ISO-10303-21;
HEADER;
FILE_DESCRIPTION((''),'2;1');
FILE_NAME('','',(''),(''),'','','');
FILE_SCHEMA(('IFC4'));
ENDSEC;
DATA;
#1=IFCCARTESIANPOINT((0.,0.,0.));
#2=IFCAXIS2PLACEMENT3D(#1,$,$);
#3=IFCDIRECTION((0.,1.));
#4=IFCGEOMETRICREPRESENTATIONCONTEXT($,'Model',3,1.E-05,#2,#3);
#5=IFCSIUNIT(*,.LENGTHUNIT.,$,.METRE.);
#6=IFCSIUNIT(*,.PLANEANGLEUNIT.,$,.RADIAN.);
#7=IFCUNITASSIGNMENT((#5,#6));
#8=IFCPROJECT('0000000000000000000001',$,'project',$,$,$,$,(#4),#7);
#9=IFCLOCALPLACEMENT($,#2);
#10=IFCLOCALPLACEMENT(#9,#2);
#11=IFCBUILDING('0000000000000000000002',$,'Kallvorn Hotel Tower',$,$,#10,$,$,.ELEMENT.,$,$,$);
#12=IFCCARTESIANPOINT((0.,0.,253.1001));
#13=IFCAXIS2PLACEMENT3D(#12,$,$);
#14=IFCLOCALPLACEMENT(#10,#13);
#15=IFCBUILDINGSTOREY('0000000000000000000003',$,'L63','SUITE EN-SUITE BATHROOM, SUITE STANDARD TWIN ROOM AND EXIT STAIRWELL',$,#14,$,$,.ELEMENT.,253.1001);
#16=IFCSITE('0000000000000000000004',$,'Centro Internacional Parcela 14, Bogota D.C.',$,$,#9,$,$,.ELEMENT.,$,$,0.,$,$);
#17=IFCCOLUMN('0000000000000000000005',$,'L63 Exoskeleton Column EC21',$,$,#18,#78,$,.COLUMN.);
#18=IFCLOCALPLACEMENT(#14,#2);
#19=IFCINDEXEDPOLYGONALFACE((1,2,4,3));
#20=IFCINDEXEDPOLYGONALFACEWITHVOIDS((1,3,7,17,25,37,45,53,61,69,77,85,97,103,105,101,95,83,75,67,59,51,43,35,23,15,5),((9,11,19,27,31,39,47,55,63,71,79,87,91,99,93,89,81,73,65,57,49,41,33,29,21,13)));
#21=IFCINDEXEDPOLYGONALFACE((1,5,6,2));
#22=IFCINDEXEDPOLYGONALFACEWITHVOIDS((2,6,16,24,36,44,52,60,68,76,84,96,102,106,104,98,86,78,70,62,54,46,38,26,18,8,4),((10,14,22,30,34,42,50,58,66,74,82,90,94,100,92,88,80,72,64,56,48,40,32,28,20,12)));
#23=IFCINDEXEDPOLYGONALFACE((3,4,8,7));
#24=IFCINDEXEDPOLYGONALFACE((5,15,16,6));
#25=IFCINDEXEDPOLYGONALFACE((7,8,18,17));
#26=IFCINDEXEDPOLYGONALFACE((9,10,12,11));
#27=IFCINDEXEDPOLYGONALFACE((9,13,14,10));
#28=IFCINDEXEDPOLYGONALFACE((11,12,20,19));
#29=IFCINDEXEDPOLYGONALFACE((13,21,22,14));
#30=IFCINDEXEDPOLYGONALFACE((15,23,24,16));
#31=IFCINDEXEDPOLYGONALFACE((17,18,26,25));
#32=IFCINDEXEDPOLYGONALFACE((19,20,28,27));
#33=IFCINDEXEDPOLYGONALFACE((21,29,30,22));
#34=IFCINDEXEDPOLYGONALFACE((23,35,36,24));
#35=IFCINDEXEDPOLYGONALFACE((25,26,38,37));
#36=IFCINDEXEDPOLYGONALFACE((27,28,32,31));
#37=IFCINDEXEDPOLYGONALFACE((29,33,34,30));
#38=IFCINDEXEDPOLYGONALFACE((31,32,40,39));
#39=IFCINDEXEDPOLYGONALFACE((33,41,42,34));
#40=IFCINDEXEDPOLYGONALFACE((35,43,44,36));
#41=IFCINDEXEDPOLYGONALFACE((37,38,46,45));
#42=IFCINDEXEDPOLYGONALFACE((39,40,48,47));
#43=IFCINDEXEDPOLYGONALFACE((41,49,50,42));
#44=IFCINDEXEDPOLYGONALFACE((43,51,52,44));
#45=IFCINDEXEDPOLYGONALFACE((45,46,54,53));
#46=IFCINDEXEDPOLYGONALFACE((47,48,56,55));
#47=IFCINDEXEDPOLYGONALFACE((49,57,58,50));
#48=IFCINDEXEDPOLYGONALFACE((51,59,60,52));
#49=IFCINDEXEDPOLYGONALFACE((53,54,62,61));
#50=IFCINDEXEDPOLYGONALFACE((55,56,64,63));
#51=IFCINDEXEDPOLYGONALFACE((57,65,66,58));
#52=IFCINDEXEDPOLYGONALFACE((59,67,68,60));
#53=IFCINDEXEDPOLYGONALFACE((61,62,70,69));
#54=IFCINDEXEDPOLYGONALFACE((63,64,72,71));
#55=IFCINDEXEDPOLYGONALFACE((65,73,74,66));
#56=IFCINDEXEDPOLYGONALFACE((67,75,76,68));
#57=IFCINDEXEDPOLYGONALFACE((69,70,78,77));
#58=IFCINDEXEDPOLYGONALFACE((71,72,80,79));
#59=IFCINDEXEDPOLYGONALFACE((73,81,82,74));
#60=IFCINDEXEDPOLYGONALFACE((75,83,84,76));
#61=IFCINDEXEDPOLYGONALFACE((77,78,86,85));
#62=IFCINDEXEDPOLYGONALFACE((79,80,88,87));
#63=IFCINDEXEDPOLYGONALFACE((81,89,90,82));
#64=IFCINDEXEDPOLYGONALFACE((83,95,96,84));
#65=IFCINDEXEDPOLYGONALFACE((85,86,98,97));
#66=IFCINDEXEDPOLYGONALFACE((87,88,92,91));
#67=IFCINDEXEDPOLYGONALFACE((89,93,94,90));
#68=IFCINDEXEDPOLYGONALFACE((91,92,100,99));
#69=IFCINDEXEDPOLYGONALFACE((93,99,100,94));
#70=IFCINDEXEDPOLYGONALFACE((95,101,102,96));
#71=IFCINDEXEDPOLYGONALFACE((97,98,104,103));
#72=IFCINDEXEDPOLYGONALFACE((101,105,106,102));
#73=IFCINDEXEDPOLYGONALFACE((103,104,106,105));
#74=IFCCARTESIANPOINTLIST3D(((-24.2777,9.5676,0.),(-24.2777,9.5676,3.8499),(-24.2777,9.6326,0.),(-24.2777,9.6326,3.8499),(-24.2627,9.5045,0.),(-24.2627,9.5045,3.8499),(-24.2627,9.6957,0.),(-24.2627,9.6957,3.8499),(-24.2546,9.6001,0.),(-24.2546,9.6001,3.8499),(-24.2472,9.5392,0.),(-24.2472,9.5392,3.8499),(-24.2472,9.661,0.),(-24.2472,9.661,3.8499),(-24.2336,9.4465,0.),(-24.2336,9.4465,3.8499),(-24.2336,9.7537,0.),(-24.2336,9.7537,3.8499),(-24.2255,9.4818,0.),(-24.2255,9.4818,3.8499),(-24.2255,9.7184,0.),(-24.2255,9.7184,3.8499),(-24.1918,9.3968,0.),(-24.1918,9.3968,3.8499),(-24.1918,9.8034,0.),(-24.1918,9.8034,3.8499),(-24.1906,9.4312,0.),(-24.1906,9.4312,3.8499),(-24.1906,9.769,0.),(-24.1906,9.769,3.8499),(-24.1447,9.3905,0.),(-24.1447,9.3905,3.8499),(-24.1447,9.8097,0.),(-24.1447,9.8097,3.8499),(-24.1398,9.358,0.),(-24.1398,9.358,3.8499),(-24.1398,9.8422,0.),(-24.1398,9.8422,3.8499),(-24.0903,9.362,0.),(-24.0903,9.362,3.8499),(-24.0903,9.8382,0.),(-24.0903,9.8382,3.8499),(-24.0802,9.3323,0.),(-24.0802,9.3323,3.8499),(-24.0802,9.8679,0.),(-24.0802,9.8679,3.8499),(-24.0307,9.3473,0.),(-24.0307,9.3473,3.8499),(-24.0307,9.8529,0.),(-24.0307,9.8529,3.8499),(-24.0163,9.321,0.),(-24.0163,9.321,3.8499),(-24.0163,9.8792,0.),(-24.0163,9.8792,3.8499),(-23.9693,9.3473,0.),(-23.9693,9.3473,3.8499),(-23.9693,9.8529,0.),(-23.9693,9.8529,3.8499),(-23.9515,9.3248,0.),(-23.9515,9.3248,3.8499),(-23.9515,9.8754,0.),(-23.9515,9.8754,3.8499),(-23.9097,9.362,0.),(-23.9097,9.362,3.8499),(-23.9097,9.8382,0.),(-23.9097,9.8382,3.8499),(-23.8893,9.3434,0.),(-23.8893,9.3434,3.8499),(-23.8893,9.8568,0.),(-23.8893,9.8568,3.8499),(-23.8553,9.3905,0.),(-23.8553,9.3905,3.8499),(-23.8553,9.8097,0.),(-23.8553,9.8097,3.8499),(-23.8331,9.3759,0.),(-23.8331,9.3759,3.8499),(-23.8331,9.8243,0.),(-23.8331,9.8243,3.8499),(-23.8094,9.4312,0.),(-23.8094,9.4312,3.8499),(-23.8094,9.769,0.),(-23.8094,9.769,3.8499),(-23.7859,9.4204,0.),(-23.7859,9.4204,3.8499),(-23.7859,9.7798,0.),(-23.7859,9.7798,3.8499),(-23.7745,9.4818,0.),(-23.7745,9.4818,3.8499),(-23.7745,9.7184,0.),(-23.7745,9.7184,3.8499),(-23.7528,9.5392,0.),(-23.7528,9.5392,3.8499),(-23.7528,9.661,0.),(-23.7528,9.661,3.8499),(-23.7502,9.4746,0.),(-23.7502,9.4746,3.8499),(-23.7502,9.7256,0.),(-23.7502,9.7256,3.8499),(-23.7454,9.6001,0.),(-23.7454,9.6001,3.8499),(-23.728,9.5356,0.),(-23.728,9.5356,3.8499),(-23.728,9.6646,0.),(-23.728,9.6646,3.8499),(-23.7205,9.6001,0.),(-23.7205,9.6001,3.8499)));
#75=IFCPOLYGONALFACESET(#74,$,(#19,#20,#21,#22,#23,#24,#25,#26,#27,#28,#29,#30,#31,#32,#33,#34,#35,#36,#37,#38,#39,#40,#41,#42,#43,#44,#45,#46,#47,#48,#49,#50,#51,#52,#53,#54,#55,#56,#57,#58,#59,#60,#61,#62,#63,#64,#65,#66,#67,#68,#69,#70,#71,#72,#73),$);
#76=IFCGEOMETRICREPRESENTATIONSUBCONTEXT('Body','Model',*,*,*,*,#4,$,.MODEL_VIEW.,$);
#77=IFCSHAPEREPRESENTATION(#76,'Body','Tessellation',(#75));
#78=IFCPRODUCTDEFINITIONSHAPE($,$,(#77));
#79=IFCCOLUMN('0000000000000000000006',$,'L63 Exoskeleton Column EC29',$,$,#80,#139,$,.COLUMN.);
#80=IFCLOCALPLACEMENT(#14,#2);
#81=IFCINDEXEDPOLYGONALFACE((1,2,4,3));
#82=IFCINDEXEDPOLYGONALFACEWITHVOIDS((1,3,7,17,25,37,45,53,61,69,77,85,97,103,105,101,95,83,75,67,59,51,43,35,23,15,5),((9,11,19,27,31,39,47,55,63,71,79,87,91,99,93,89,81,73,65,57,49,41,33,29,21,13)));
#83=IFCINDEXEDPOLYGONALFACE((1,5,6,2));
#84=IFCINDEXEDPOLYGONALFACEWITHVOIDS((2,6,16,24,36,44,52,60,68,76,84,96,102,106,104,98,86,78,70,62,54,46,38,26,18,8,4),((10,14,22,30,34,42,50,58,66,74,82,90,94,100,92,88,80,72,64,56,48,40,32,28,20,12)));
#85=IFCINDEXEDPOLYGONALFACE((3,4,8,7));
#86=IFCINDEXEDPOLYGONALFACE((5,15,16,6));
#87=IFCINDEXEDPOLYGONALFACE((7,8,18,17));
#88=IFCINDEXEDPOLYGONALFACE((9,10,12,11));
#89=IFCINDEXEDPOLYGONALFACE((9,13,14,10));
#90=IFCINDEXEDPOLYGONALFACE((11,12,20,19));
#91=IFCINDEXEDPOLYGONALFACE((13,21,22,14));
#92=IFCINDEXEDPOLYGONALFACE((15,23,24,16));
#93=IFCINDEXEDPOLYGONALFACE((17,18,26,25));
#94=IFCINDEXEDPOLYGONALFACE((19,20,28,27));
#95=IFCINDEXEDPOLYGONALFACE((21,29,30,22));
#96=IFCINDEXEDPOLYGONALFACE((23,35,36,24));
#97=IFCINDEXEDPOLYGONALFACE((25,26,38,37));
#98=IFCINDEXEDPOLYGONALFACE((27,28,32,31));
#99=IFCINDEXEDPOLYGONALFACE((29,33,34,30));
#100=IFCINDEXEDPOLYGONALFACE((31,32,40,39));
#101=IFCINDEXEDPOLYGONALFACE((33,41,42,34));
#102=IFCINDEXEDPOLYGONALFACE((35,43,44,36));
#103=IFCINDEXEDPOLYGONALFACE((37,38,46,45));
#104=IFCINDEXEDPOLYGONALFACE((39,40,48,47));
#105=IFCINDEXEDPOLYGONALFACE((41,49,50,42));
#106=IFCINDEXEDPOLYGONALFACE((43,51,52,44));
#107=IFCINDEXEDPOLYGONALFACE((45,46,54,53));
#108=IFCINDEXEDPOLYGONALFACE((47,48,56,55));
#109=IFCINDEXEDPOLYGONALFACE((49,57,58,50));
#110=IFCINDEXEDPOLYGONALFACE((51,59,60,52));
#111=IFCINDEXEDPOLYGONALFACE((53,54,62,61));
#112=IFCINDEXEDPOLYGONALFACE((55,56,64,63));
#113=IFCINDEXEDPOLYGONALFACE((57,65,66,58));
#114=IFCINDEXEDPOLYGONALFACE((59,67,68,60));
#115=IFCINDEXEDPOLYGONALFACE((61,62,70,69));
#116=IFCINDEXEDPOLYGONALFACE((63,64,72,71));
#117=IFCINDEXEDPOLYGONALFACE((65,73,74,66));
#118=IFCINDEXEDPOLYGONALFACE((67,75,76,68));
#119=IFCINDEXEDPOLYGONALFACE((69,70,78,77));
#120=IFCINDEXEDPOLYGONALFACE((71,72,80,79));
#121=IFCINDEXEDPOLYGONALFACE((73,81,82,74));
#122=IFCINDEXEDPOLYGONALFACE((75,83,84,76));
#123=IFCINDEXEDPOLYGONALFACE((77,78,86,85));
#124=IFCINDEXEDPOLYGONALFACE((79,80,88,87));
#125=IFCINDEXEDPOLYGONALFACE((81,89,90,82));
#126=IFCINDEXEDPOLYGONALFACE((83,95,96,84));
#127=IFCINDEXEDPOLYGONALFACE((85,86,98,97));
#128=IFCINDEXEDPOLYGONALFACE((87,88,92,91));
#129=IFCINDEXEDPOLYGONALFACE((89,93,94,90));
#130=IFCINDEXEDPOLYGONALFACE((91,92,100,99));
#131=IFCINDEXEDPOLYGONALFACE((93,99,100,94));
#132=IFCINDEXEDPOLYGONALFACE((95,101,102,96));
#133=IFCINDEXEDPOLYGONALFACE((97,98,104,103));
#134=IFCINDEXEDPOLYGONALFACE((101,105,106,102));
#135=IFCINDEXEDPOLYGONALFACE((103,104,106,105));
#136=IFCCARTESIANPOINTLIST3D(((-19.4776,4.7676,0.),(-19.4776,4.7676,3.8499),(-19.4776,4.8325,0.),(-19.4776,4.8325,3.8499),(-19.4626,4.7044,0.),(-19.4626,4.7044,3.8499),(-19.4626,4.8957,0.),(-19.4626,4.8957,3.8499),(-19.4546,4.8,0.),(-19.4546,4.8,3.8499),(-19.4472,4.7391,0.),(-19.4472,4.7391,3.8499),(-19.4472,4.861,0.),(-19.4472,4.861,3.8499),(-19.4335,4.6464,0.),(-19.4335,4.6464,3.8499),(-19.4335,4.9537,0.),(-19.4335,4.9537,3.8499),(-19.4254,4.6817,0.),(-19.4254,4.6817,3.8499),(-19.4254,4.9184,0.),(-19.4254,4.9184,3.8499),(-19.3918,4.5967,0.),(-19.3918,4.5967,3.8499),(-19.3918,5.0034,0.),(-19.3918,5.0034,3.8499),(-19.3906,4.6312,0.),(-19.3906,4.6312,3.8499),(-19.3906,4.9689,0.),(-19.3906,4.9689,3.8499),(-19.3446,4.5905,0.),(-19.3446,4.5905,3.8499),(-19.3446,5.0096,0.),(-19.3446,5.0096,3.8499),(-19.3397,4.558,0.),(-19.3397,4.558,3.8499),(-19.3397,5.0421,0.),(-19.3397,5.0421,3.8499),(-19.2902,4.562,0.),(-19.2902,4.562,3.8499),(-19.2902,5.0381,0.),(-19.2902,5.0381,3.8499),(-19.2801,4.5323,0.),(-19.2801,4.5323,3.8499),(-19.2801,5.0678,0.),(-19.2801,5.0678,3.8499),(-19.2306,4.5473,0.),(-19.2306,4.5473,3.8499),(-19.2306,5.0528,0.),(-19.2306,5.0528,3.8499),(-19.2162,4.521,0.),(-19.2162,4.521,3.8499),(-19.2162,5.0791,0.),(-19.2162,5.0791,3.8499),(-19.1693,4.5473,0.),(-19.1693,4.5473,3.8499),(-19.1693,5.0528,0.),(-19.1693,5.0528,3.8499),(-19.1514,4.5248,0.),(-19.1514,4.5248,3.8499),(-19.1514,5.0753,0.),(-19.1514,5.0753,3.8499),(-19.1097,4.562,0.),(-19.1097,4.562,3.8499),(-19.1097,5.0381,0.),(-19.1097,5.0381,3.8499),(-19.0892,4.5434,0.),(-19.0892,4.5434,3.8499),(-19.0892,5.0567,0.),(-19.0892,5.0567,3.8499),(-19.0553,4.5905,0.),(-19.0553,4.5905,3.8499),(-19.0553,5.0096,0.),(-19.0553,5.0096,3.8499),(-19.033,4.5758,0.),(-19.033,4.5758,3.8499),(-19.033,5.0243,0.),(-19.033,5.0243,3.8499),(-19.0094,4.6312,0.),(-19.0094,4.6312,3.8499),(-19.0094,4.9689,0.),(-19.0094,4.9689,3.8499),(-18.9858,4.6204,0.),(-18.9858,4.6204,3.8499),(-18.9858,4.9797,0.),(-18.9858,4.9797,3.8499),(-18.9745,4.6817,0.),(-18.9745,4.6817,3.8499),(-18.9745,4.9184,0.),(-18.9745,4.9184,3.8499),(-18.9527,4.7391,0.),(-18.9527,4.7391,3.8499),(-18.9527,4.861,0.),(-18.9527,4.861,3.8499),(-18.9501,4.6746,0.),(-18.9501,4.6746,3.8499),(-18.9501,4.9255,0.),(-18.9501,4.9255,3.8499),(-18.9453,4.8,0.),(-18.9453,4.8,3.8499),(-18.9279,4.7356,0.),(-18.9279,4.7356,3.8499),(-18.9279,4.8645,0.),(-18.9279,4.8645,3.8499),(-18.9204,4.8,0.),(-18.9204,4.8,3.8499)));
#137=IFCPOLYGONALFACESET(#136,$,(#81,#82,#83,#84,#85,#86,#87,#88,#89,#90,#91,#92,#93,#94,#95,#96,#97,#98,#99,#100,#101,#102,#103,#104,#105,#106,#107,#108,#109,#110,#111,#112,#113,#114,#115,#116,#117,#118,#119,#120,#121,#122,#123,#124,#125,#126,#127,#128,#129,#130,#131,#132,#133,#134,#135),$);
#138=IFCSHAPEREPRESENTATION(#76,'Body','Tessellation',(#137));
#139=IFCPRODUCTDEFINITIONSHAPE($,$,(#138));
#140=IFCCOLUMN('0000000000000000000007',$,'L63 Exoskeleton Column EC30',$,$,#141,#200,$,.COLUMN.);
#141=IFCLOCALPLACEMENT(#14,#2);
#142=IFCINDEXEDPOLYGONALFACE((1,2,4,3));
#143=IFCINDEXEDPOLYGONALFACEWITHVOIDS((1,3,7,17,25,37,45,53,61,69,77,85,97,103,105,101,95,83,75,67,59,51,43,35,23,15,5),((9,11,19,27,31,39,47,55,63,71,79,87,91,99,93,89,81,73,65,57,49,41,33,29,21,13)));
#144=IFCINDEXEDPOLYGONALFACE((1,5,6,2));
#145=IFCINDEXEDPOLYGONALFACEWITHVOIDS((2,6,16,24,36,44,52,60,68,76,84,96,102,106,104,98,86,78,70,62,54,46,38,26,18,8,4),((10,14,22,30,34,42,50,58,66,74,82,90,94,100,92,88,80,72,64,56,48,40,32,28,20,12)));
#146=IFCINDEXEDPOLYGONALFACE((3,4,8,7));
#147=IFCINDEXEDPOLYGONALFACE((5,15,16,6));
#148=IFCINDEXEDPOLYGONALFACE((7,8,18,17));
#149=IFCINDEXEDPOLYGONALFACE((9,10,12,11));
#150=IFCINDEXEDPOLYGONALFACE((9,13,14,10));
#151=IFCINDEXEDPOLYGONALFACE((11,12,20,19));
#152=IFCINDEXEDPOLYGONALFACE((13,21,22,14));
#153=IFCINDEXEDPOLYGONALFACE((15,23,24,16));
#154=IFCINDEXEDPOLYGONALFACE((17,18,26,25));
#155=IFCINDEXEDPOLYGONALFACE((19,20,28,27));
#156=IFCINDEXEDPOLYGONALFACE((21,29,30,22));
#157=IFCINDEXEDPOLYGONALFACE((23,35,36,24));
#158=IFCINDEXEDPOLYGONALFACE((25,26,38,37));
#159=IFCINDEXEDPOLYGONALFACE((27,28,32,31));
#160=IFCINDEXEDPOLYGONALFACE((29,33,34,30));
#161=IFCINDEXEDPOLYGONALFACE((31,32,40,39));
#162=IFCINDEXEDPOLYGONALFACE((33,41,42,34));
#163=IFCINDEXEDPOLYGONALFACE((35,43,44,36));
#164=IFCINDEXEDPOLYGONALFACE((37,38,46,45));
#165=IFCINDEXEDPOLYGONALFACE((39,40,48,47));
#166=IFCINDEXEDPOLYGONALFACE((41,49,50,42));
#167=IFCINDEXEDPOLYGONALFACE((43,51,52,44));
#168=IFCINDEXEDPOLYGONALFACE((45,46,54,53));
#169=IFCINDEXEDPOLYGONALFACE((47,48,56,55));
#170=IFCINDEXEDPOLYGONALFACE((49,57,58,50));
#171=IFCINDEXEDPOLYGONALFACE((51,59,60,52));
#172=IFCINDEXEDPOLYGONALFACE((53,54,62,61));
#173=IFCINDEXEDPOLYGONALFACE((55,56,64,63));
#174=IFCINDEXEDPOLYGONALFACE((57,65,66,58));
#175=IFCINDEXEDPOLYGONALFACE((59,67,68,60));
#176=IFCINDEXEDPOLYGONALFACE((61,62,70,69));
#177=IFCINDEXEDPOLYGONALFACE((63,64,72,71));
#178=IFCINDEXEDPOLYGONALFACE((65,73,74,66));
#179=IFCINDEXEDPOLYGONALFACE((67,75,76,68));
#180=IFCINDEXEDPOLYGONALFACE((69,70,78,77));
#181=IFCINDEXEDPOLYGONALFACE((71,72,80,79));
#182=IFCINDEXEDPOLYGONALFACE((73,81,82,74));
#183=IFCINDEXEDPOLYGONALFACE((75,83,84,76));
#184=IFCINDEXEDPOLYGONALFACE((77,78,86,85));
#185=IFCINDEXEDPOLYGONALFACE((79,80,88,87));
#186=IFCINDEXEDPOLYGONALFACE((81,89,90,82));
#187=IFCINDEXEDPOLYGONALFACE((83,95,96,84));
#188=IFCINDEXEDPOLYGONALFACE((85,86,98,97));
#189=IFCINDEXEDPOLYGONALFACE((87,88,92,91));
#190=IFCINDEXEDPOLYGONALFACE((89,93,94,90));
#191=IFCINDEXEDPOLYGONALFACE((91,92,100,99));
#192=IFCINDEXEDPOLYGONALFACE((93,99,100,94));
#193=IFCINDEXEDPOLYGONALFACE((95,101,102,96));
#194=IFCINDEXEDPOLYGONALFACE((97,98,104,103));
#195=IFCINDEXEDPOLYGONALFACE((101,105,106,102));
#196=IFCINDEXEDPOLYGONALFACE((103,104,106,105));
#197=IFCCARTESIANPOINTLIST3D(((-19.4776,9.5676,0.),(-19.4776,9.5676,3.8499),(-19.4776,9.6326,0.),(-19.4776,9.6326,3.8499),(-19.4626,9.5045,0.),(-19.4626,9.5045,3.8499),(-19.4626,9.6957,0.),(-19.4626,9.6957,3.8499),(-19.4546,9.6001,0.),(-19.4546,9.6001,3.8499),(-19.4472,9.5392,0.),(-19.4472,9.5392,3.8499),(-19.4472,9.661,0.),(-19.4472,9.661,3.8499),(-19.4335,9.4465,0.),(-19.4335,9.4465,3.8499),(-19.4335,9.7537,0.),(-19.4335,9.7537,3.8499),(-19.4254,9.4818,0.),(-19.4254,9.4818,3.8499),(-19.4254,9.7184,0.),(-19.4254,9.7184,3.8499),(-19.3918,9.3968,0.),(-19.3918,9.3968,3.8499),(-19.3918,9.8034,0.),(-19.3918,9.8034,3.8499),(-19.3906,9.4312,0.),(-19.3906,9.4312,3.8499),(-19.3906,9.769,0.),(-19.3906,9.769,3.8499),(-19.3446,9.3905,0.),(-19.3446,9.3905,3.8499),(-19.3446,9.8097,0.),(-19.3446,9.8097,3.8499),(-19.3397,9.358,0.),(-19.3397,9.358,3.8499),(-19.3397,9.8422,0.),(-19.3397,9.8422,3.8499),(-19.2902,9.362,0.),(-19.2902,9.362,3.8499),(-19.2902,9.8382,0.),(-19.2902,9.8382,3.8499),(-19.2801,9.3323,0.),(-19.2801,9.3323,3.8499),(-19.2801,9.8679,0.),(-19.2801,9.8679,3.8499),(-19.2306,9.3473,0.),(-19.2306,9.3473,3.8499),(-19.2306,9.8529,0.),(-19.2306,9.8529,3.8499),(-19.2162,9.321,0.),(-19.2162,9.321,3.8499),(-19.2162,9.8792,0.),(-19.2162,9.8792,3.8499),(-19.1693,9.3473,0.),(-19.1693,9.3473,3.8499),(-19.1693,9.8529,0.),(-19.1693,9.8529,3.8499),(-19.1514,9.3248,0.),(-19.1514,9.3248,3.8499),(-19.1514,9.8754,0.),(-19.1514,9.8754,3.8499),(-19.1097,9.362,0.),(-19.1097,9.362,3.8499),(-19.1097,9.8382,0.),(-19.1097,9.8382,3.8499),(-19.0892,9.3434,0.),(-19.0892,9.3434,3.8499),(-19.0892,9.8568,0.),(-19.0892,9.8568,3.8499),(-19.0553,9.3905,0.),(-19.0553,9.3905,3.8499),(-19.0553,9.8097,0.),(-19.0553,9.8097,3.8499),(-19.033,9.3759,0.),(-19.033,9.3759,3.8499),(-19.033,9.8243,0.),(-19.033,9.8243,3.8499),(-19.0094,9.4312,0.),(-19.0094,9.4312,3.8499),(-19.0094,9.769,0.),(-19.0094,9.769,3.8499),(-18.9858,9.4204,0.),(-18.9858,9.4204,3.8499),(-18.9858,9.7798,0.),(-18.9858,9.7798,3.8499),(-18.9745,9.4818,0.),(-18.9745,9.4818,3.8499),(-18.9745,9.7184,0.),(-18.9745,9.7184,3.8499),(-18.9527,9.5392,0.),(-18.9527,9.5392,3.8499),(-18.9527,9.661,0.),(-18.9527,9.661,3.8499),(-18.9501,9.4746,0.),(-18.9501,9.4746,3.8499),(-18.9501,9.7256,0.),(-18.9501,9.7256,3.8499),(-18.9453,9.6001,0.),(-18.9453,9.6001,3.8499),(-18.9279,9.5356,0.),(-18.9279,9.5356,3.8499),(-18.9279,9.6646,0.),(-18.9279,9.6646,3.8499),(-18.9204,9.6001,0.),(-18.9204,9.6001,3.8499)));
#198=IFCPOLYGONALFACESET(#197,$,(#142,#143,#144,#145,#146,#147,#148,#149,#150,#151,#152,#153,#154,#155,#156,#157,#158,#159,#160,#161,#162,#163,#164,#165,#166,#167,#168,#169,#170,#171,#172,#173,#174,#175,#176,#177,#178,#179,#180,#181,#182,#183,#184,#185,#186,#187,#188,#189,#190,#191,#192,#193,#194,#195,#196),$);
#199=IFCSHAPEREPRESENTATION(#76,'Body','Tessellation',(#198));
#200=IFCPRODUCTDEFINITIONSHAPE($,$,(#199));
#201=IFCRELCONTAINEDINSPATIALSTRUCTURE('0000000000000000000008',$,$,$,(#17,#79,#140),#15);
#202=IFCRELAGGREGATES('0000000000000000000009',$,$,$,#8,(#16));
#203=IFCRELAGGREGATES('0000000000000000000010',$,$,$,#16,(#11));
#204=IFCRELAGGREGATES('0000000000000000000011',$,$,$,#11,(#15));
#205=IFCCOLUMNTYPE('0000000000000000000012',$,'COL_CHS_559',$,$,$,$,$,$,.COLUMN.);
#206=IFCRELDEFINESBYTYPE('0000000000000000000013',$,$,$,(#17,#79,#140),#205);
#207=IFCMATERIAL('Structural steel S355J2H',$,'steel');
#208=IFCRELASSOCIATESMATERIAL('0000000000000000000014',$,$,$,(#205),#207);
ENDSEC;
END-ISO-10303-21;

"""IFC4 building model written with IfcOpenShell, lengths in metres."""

from ifc_helpers import new_model, si_unit, direction, frame, origin, origin_2d, place, context, subcontext, project, spatial, hollow_circle, extrude, material, material_profile, profile_set, type_object, element, save


model = new_model("IFC4")

# Units and contexts
model_context = context("Model", 3, precision=1e-05, world=origin(), true_north=direction((0.0, 1.0)))
body_context = subcontext(model_context, "Body", "Model", "MODEL_VIEW")
ifc_project = project(units=[si_unit("LENGTHUNIT", "METRE"), si_unit("PLANEANGLEUNIT", "RADIAN")], contexts=[model_context])

# Site, building, storey
site_placement = place(None, origin())
site = spatial("IfcSite", under=ifc_project, at=site_placement, Name="Centro Internacional Parcela 14, Bogota D.C.", CompositionType="ELEMENT", RefElevation=0.0)
building_placement = place(site_placement, origin())
building = spatial("IfcBuilding", under=site, at=building_placement, Name="Kallvorn Hotel Tower", CompositionType="ELEMENT")
storey_placement = place(building_placement, frame((0.0, 0.0, 253.1001)))
storey = spatial("IfcBuildingStorey", under=building, at=storey_placement, Name="L63", Description="SUITE EN-SUITE BATHROOM, SUITE STANDARD TWIN ROOM AND EXIT STAIRWELL", CompositionType="ELEMENT", Elevation=253.1001)

# Columns
ifc_material_1 = material(Name="Structural steel S355J2H", Category="steel")
ifc_material_profile_1 = material_profile(ifc_material_1, hollow_circle(Radius=0.2795, WallThickness=0.0249, at=origin_2d()), Name="CHS 559x25")
ifc_profile_set_1 = profile_set([ifc_material_profile_1], Name="Structural steel S355J2H")
column_type_1 = type_object("IfcColumnType", Name="COL_CHS_559", PredefinedType="COLUMN", material=ifc_profile_set_1)
for number, where, z_axis, x_axis, name in (
    (1, (-24.0, 9.6001, 0.0), (0.0, 0.0, 1.0), (1.0, 0.0, 0.0), "L63 Exoskeleton Column EC21"),
    (2, (-19.2, 4.8, 0.0), (0.0, 0.0, 1.0), (1.0, 0.0, 0.0), "L63 Exoskeleton Column EC29"),
    (3, (-19.2, 9.6001, 0.0), (0.0, 0.0, 1.0), (1.0, 0.0, 0.0), "L63 Exoskeleton Column EC30"),
):
    element("IfcColumn", number, at=place(storey_placement, frame(where, z_axis=z_axis, x_axis=x_axis)), inside=storey, type_object=column_type_1, Name=name, PredefinedType="COLUMN", context=body_context, shape_type="SweptSolid", body=[
        extrude(hollow_circle(Radius=0.2795, WallThickness=0.0249, at=origin_2d()), origin(), (0.0, 0.0, 1.0), 3.8499),
    ])

save(model, "model.ifc")
